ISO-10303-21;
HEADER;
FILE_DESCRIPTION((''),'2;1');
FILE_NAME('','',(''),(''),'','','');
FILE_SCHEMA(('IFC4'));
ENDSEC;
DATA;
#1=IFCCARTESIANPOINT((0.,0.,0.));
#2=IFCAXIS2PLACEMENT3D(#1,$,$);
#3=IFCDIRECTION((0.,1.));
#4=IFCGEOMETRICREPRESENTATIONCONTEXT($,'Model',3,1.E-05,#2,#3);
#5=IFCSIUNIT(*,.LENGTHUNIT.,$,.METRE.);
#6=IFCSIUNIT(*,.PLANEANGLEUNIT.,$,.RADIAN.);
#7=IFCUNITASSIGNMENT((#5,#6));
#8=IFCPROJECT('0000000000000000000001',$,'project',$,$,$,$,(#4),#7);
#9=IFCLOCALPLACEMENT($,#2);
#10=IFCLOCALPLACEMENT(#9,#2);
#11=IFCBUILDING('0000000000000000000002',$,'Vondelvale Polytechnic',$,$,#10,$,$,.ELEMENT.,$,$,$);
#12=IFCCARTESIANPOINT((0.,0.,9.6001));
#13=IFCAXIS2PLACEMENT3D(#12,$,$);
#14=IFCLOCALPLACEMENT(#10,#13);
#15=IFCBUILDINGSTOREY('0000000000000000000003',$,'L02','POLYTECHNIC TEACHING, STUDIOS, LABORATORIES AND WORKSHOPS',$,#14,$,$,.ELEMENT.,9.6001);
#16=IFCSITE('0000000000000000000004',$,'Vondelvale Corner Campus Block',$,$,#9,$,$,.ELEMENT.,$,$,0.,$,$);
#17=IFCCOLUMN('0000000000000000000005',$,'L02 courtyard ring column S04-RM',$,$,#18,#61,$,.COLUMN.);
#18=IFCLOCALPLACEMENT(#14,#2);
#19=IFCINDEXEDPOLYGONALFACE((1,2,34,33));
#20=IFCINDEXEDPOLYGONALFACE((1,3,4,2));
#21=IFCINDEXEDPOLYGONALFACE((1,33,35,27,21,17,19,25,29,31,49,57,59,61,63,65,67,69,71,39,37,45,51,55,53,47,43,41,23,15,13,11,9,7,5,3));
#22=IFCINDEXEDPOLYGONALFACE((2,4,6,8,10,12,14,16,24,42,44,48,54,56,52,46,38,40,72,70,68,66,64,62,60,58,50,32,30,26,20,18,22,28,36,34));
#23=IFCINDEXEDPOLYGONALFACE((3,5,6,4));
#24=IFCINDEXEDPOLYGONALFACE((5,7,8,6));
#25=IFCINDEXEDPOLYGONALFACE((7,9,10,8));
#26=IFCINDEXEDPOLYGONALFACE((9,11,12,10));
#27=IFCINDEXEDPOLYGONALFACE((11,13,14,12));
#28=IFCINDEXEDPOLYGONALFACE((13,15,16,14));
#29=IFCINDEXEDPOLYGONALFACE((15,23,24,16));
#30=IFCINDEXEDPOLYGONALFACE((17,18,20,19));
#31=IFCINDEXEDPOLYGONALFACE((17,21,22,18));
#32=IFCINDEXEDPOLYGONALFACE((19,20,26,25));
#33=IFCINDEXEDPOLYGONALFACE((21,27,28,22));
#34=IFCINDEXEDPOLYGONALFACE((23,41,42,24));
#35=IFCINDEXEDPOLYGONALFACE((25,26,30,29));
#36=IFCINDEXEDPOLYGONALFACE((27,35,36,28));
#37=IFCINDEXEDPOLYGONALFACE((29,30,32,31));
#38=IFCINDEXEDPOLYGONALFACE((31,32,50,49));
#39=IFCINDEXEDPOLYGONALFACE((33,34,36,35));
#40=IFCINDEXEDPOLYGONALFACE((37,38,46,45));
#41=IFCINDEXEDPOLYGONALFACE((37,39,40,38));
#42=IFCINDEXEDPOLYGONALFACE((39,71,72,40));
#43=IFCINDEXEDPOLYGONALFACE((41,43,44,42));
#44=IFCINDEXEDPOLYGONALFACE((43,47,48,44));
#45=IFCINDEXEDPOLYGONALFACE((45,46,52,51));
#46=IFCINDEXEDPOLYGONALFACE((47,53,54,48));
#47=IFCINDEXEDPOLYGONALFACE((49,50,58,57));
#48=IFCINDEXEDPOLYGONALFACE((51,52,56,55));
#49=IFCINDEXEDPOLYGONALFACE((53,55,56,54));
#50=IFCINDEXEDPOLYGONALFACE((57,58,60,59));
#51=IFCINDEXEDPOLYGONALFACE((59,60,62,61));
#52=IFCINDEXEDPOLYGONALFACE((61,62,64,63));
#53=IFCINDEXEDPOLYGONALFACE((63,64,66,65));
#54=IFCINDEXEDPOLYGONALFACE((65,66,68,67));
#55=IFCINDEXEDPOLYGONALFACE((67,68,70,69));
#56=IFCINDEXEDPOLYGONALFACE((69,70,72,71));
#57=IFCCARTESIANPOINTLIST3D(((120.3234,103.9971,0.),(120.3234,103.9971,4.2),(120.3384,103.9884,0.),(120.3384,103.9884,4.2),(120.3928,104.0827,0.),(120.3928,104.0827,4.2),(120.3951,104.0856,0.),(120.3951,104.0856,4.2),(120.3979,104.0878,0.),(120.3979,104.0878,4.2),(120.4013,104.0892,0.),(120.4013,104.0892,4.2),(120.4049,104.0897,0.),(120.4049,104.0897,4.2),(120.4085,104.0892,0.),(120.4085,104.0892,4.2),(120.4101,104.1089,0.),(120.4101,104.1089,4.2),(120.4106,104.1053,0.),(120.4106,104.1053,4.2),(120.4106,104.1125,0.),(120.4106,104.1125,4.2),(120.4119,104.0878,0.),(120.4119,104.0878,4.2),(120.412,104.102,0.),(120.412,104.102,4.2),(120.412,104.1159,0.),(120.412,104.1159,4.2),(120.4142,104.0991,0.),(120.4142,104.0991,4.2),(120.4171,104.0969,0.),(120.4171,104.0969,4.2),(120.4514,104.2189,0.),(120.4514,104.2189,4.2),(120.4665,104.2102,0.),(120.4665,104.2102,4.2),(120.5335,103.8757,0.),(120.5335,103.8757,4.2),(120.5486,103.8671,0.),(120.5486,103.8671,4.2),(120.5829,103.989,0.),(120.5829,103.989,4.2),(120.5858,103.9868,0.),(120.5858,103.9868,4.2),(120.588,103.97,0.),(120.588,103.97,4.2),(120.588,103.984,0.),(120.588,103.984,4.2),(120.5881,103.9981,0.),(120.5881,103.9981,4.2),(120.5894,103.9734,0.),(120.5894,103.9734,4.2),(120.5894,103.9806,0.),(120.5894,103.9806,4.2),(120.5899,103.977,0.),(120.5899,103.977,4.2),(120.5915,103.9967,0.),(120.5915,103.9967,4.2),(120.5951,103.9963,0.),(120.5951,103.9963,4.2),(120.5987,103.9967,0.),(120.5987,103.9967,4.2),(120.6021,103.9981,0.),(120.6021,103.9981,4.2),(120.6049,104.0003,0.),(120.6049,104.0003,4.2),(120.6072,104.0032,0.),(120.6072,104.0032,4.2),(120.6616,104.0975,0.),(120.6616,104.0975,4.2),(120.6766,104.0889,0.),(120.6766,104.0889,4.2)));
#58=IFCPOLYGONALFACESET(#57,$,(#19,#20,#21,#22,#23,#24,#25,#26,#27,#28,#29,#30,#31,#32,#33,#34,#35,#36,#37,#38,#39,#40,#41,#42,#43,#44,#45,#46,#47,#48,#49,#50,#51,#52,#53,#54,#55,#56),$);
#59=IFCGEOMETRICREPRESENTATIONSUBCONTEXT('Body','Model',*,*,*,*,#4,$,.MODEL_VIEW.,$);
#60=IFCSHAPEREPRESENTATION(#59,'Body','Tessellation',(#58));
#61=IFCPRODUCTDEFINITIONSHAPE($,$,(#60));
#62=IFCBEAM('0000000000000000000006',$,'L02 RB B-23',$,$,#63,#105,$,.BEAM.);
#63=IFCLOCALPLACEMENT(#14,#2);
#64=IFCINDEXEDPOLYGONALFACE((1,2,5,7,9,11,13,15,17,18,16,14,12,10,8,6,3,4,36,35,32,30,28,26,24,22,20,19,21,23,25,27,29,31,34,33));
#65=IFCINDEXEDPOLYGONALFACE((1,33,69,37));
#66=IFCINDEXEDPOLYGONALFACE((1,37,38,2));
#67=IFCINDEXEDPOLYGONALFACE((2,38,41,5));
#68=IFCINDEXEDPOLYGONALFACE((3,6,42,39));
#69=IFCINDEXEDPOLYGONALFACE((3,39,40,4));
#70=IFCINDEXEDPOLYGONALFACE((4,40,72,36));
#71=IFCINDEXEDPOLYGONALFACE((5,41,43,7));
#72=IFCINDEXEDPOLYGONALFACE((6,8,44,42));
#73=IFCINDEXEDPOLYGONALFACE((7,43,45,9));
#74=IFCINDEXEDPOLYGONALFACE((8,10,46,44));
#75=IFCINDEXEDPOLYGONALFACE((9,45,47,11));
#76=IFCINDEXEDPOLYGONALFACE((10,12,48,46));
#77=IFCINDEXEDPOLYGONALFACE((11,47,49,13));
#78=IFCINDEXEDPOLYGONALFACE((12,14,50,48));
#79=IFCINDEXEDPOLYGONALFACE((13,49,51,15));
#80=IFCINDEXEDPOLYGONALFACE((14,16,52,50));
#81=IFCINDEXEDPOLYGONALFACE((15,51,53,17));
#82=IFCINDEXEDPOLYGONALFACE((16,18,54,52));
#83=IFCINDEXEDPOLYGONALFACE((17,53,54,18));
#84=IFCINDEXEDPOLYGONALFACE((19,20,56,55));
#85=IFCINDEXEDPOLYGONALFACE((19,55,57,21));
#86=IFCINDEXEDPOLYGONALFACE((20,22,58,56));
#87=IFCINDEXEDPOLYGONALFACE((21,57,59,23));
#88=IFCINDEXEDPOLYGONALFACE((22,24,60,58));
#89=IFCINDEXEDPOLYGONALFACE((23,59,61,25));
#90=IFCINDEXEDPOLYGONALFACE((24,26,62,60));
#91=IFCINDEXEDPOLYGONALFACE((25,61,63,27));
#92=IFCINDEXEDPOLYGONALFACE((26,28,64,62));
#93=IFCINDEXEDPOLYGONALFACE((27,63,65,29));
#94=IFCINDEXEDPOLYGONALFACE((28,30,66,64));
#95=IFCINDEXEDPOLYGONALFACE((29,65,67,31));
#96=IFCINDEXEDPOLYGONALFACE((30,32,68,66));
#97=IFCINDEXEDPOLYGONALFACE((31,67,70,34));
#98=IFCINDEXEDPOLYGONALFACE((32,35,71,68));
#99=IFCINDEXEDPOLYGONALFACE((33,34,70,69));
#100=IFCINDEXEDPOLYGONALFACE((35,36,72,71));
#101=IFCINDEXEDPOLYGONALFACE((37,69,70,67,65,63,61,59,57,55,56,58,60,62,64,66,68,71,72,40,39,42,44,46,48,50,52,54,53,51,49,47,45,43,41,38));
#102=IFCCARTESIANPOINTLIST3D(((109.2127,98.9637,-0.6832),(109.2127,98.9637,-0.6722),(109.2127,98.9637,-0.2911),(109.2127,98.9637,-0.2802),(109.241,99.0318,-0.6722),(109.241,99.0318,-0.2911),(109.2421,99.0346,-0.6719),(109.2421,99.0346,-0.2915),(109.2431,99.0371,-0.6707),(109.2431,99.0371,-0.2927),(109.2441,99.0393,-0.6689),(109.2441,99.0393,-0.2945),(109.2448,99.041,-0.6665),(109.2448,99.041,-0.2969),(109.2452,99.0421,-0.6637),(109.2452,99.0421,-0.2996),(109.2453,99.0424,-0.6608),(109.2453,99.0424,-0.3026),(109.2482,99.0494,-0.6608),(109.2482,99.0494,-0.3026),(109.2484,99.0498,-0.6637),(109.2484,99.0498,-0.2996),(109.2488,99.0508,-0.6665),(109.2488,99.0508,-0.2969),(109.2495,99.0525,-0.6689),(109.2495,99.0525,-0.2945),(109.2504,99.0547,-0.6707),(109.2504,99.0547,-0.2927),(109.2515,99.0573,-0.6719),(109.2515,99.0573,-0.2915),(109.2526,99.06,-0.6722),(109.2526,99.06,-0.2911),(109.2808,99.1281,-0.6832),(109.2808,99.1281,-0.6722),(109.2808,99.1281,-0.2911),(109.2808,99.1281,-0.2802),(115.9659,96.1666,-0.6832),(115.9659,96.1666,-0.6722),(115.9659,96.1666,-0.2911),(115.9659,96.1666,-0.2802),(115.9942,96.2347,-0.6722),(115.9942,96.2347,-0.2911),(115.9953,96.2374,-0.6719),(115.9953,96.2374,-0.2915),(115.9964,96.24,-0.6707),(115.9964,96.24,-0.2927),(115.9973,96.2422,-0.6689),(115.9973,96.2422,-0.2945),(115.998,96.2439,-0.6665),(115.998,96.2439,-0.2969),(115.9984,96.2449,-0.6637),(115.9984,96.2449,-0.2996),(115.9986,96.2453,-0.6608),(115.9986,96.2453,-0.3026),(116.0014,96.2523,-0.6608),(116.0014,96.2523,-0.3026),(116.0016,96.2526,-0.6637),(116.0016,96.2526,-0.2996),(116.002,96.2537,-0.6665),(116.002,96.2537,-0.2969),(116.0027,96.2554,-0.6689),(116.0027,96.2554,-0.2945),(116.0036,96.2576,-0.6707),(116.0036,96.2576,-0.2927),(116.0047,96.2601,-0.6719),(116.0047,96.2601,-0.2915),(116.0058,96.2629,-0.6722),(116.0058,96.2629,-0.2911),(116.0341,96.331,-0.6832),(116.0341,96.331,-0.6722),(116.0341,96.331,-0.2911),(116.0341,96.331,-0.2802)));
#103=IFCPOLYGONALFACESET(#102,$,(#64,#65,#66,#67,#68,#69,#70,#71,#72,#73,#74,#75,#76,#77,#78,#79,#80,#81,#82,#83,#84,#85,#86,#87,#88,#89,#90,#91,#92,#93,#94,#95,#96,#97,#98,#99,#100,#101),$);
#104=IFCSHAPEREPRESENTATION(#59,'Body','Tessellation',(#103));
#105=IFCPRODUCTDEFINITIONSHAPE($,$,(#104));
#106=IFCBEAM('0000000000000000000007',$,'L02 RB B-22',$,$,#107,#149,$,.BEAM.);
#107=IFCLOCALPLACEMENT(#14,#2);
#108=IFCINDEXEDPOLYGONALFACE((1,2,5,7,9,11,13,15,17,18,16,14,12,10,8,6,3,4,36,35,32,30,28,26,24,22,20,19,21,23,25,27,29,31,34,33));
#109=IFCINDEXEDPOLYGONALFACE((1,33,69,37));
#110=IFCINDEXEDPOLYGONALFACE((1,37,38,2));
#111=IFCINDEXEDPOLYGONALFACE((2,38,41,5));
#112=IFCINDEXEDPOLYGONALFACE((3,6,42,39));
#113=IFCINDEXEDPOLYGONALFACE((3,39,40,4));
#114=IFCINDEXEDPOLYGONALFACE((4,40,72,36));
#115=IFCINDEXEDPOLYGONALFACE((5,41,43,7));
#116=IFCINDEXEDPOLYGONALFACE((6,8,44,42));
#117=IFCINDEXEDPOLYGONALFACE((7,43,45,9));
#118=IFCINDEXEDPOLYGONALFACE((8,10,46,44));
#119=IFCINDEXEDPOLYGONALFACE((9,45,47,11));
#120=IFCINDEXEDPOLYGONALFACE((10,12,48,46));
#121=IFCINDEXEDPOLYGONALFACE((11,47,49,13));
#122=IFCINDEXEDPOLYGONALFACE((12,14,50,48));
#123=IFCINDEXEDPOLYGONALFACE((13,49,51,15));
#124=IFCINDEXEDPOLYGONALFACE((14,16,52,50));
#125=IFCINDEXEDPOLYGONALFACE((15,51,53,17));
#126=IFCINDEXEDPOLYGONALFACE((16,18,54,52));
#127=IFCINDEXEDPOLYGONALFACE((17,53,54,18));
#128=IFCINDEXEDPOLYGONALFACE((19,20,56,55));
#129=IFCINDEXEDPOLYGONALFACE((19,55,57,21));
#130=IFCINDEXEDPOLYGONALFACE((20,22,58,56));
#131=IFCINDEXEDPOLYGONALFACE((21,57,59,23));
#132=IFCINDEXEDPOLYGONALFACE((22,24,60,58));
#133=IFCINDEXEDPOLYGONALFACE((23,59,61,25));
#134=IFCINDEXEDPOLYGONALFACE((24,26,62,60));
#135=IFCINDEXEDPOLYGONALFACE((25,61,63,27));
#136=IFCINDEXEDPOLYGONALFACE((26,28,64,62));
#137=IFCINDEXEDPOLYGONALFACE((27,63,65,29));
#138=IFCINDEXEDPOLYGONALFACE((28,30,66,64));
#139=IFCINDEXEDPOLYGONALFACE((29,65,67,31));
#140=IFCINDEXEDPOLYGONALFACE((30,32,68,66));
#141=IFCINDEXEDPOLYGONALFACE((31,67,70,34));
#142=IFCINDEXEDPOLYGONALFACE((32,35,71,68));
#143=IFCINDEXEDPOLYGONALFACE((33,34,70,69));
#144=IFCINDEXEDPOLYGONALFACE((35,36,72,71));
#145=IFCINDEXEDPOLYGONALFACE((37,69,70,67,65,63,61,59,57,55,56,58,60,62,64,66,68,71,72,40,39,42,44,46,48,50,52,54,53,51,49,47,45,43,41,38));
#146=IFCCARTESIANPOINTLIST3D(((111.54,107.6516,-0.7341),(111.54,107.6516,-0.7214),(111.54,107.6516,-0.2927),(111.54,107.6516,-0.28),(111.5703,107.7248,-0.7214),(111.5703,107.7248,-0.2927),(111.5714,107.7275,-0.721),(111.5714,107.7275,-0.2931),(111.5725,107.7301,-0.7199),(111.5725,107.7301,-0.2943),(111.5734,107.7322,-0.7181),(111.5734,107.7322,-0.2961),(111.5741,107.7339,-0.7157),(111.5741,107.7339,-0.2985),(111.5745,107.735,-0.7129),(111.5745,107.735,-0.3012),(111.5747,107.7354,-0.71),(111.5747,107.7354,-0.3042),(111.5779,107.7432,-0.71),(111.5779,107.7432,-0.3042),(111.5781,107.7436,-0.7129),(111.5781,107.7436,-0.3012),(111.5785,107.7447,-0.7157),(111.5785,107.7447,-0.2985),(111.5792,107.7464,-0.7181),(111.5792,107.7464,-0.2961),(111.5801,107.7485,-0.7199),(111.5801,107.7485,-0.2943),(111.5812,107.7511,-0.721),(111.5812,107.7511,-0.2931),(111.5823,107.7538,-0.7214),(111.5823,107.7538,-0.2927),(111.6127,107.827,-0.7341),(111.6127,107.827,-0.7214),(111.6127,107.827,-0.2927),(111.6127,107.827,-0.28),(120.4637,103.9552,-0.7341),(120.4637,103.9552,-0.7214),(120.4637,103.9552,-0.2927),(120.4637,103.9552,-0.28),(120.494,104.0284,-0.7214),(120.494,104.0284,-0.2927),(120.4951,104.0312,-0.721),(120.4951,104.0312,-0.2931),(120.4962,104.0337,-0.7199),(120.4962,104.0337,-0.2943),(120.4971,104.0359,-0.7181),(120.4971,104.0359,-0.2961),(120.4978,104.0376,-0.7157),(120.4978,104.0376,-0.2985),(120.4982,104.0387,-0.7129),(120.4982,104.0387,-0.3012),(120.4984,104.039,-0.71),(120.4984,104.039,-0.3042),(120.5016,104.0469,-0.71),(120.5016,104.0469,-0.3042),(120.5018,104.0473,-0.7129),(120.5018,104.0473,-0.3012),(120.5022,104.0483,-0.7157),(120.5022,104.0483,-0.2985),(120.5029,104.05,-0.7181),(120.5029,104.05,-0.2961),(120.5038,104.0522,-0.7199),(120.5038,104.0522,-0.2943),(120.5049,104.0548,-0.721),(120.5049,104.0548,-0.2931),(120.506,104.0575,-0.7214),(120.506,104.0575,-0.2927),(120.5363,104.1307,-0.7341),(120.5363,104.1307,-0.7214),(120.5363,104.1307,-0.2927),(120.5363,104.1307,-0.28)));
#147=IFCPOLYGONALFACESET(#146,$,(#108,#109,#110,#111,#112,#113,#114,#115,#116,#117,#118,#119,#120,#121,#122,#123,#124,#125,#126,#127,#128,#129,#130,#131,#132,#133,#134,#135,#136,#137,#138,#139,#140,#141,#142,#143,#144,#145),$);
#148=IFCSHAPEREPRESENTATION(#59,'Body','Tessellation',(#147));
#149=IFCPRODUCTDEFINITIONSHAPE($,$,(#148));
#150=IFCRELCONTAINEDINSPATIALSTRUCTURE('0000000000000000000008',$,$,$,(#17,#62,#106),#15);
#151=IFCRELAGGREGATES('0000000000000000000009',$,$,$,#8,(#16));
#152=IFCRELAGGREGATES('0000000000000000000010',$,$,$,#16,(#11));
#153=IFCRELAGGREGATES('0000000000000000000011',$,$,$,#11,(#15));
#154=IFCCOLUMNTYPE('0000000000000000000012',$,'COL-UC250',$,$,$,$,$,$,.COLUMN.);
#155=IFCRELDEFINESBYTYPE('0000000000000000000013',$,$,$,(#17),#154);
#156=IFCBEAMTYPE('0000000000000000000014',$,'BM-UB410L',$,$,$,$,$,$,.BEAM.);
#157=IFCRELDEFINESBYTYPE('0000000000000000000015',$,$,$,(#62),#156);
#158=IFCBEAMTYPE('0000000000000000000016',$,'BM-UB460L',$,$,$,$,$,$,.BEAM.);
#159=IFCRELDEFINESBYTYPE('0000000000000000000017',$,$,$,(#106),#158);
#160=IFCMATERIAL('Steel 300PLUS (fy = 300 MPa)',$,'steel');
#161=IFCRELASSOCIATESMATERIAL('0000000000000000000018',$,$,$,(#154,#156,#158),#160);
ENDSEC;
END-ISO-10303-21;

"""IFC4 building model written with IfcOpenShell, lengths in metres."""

from ifc_helpers import new_model, si_unit, direction, frame, origin, origin_2d, place, context, subcontext, project, spatial, i_section, extrude, material, material_profile, profile_set, type_object, element, save


model = new_model("IFC4")

# Units and contexts
model_context = context("Model", 3, precision=1e-05, world=origin(), true_north=direction((0.0, 1.0)))
body_context = subcontext(model_context, "Body", "Model", "MODEL_VIEW")
ifc_project = project(units=[si_unit("LENGTHUNIT", "METRE"), si_unit("PLANEANGLEUNIT", "RADIAN")], contexts=[model_context])

# Site, building, storey
site_placement = place(None, origin())
site = spatial("IfcSite", under=ifc_project, at=site_placement, Name="Vondelvale Corner Campus Block", CompositionType="ELEMENT", RefElevation=0.0)
building_placement = place(site_placement, origin())
building = spatial("IfcBuilding", under=site, at=building_placement, Name="Vondelvale Polytechnic", CompositionType="ELEMENT")
storey_placement = place(building_placement, frame((0.0, 0.0, 9.6001)))
storey = spatial("IfcBuildingStorey", under=building, at=storey_placement, Name="L02", Description="POLYTECHNIC TEACHING, STUDIOS, LABORATORIES AND WORKSHOPS", CompositionType="ELEMENT", Elevation=9.6001)

# Column
ifc_material_1 = material(Name="Steel 300PLUS (fy = 300 MPa)", Category="steel")
ifc_material_profile_1 = material_profile(ifc_material_1, i_section(OverallWidth=0.2561, OverallDepth=0.26, WebThickness=0.0105, FlangeThickness=0.0173, FilletRadius=0.0139, at=origin_2d()), Name="250UC89.5")
ifc_profile_set_1 = profile_set([ifc_material_profile_1], Name="Steel 300PLUS (fy = 300 MPa)")
column_type_1 = type_object("IfcColumnType", Name="COL-UC250", PredefinedType="COLUMN", material=ifc_profile_set_1)
column_1_placement = place(storey_placement, frame((120.5, 104.043, 0.0), z_axis=(0.0, 0.0, 1.0), x_axis=(0.5, 0.866025, 0.0)))
element("IfcColumn", 1, at=column_1_placement, inside=storey, type_object=column_type_1, Name="L02 courtyard ring column S04-RM", PredefinedType="COLUMN", context=body_context, shape_type="SweptSolid", body=[
    extrude(i_section(OverallWidth=0.2561, OverallDepth=0.26, WebThickness=0.0105, FlangeThickness=0.0173, FilletRadius=0.0139, at=origin_2d()), origin(), (0.0, 0.0, 1.0), 4.2),
])

# Beams
ifc_material_profile_2 = material_profile(ifc_material_1, i_section(OverallWidth=0.178, OverallDepth=0.4031, WebThickness=0.0076, FlangeThickness=0.011, FilletRadius=0.0115, at=origin_2d()), Name="410UB53.7")
ifc_profile_set_2 = profile_set([ifc_material_profile_2], Name="Steel 300PLUS (fy = 300 MPa)")
beam_type_1 = type_object("IfcBeamType", Name="BM-UB410L", PredefinedType="BEAM", material=ifc_profile_set_2)
beam_1_placement = place(storey_placement, frame((116.0, 96.2488, -0.4817), z_axis=(-0.923886, 0.382667, 0.0), x_axis=(-0.382667, -0.923886, 0.0)))
element("IfcBeam", 2, at=beam_1_placement, inside=storey, type_object=beam_type_1, Name="L02 RB B-23", PredefinedType="BEAM", context=body_context, shape_type="SweptSolid", body=[
    extrude(i_section(OverallWidth=0.178, OverallDepth=0.4031, WebThickness=0.0076, FlangeThickness=0.011, FilletRadius=0.0115, at=origin_2d()), origin(), (0.0, 0.0, 1.0), 7.3096),
])
ifc_material_profile_3 = material_profile(ifc_material_1, i_section(OverallWidth=0.1899, OverallDepth=0.4541, WebThickness=0.0085, FlangeThickness=0.0127, FilletRadius=0.0115, at=origin_2d()), Name="460UB67.1")
ifc_profile_set_3 = profile_set([ifc_material_profile_3], Name="Steel 300PLUS (fy = 300 MPa)")
beam_type_2 = type_object("IfcBeamType", Name="BM-UB460L", PredefinedType="BEAM", material=ifc_profile_set_3)
beam_2_placement = place(storey_placement, frame((120.5, 104.043, -0.5071), z_axis=(-0.923879, 0.382685, 0.0), x_axis=(-0.382685, -0.923879, 0.0)))
element("IfcBeam", 3, at=beam_2_placement, inside=storey, type_object=beam_type_2, Name="L02 RB B-22", PredefinedType="BEAM", context=body_context, shape_type="SweptSolid", body=[
    extrude(i_section(OverallWidth=0.1899, OverallDepth=0.4541, WebThickness=0.0085, FlangeThickness=0.0127, FilletRadius=0.0115, at=origin_2d()), origin(), (0.0, 0.0, 1.0), 9.6589),
])

save(model, "model.ifc")
